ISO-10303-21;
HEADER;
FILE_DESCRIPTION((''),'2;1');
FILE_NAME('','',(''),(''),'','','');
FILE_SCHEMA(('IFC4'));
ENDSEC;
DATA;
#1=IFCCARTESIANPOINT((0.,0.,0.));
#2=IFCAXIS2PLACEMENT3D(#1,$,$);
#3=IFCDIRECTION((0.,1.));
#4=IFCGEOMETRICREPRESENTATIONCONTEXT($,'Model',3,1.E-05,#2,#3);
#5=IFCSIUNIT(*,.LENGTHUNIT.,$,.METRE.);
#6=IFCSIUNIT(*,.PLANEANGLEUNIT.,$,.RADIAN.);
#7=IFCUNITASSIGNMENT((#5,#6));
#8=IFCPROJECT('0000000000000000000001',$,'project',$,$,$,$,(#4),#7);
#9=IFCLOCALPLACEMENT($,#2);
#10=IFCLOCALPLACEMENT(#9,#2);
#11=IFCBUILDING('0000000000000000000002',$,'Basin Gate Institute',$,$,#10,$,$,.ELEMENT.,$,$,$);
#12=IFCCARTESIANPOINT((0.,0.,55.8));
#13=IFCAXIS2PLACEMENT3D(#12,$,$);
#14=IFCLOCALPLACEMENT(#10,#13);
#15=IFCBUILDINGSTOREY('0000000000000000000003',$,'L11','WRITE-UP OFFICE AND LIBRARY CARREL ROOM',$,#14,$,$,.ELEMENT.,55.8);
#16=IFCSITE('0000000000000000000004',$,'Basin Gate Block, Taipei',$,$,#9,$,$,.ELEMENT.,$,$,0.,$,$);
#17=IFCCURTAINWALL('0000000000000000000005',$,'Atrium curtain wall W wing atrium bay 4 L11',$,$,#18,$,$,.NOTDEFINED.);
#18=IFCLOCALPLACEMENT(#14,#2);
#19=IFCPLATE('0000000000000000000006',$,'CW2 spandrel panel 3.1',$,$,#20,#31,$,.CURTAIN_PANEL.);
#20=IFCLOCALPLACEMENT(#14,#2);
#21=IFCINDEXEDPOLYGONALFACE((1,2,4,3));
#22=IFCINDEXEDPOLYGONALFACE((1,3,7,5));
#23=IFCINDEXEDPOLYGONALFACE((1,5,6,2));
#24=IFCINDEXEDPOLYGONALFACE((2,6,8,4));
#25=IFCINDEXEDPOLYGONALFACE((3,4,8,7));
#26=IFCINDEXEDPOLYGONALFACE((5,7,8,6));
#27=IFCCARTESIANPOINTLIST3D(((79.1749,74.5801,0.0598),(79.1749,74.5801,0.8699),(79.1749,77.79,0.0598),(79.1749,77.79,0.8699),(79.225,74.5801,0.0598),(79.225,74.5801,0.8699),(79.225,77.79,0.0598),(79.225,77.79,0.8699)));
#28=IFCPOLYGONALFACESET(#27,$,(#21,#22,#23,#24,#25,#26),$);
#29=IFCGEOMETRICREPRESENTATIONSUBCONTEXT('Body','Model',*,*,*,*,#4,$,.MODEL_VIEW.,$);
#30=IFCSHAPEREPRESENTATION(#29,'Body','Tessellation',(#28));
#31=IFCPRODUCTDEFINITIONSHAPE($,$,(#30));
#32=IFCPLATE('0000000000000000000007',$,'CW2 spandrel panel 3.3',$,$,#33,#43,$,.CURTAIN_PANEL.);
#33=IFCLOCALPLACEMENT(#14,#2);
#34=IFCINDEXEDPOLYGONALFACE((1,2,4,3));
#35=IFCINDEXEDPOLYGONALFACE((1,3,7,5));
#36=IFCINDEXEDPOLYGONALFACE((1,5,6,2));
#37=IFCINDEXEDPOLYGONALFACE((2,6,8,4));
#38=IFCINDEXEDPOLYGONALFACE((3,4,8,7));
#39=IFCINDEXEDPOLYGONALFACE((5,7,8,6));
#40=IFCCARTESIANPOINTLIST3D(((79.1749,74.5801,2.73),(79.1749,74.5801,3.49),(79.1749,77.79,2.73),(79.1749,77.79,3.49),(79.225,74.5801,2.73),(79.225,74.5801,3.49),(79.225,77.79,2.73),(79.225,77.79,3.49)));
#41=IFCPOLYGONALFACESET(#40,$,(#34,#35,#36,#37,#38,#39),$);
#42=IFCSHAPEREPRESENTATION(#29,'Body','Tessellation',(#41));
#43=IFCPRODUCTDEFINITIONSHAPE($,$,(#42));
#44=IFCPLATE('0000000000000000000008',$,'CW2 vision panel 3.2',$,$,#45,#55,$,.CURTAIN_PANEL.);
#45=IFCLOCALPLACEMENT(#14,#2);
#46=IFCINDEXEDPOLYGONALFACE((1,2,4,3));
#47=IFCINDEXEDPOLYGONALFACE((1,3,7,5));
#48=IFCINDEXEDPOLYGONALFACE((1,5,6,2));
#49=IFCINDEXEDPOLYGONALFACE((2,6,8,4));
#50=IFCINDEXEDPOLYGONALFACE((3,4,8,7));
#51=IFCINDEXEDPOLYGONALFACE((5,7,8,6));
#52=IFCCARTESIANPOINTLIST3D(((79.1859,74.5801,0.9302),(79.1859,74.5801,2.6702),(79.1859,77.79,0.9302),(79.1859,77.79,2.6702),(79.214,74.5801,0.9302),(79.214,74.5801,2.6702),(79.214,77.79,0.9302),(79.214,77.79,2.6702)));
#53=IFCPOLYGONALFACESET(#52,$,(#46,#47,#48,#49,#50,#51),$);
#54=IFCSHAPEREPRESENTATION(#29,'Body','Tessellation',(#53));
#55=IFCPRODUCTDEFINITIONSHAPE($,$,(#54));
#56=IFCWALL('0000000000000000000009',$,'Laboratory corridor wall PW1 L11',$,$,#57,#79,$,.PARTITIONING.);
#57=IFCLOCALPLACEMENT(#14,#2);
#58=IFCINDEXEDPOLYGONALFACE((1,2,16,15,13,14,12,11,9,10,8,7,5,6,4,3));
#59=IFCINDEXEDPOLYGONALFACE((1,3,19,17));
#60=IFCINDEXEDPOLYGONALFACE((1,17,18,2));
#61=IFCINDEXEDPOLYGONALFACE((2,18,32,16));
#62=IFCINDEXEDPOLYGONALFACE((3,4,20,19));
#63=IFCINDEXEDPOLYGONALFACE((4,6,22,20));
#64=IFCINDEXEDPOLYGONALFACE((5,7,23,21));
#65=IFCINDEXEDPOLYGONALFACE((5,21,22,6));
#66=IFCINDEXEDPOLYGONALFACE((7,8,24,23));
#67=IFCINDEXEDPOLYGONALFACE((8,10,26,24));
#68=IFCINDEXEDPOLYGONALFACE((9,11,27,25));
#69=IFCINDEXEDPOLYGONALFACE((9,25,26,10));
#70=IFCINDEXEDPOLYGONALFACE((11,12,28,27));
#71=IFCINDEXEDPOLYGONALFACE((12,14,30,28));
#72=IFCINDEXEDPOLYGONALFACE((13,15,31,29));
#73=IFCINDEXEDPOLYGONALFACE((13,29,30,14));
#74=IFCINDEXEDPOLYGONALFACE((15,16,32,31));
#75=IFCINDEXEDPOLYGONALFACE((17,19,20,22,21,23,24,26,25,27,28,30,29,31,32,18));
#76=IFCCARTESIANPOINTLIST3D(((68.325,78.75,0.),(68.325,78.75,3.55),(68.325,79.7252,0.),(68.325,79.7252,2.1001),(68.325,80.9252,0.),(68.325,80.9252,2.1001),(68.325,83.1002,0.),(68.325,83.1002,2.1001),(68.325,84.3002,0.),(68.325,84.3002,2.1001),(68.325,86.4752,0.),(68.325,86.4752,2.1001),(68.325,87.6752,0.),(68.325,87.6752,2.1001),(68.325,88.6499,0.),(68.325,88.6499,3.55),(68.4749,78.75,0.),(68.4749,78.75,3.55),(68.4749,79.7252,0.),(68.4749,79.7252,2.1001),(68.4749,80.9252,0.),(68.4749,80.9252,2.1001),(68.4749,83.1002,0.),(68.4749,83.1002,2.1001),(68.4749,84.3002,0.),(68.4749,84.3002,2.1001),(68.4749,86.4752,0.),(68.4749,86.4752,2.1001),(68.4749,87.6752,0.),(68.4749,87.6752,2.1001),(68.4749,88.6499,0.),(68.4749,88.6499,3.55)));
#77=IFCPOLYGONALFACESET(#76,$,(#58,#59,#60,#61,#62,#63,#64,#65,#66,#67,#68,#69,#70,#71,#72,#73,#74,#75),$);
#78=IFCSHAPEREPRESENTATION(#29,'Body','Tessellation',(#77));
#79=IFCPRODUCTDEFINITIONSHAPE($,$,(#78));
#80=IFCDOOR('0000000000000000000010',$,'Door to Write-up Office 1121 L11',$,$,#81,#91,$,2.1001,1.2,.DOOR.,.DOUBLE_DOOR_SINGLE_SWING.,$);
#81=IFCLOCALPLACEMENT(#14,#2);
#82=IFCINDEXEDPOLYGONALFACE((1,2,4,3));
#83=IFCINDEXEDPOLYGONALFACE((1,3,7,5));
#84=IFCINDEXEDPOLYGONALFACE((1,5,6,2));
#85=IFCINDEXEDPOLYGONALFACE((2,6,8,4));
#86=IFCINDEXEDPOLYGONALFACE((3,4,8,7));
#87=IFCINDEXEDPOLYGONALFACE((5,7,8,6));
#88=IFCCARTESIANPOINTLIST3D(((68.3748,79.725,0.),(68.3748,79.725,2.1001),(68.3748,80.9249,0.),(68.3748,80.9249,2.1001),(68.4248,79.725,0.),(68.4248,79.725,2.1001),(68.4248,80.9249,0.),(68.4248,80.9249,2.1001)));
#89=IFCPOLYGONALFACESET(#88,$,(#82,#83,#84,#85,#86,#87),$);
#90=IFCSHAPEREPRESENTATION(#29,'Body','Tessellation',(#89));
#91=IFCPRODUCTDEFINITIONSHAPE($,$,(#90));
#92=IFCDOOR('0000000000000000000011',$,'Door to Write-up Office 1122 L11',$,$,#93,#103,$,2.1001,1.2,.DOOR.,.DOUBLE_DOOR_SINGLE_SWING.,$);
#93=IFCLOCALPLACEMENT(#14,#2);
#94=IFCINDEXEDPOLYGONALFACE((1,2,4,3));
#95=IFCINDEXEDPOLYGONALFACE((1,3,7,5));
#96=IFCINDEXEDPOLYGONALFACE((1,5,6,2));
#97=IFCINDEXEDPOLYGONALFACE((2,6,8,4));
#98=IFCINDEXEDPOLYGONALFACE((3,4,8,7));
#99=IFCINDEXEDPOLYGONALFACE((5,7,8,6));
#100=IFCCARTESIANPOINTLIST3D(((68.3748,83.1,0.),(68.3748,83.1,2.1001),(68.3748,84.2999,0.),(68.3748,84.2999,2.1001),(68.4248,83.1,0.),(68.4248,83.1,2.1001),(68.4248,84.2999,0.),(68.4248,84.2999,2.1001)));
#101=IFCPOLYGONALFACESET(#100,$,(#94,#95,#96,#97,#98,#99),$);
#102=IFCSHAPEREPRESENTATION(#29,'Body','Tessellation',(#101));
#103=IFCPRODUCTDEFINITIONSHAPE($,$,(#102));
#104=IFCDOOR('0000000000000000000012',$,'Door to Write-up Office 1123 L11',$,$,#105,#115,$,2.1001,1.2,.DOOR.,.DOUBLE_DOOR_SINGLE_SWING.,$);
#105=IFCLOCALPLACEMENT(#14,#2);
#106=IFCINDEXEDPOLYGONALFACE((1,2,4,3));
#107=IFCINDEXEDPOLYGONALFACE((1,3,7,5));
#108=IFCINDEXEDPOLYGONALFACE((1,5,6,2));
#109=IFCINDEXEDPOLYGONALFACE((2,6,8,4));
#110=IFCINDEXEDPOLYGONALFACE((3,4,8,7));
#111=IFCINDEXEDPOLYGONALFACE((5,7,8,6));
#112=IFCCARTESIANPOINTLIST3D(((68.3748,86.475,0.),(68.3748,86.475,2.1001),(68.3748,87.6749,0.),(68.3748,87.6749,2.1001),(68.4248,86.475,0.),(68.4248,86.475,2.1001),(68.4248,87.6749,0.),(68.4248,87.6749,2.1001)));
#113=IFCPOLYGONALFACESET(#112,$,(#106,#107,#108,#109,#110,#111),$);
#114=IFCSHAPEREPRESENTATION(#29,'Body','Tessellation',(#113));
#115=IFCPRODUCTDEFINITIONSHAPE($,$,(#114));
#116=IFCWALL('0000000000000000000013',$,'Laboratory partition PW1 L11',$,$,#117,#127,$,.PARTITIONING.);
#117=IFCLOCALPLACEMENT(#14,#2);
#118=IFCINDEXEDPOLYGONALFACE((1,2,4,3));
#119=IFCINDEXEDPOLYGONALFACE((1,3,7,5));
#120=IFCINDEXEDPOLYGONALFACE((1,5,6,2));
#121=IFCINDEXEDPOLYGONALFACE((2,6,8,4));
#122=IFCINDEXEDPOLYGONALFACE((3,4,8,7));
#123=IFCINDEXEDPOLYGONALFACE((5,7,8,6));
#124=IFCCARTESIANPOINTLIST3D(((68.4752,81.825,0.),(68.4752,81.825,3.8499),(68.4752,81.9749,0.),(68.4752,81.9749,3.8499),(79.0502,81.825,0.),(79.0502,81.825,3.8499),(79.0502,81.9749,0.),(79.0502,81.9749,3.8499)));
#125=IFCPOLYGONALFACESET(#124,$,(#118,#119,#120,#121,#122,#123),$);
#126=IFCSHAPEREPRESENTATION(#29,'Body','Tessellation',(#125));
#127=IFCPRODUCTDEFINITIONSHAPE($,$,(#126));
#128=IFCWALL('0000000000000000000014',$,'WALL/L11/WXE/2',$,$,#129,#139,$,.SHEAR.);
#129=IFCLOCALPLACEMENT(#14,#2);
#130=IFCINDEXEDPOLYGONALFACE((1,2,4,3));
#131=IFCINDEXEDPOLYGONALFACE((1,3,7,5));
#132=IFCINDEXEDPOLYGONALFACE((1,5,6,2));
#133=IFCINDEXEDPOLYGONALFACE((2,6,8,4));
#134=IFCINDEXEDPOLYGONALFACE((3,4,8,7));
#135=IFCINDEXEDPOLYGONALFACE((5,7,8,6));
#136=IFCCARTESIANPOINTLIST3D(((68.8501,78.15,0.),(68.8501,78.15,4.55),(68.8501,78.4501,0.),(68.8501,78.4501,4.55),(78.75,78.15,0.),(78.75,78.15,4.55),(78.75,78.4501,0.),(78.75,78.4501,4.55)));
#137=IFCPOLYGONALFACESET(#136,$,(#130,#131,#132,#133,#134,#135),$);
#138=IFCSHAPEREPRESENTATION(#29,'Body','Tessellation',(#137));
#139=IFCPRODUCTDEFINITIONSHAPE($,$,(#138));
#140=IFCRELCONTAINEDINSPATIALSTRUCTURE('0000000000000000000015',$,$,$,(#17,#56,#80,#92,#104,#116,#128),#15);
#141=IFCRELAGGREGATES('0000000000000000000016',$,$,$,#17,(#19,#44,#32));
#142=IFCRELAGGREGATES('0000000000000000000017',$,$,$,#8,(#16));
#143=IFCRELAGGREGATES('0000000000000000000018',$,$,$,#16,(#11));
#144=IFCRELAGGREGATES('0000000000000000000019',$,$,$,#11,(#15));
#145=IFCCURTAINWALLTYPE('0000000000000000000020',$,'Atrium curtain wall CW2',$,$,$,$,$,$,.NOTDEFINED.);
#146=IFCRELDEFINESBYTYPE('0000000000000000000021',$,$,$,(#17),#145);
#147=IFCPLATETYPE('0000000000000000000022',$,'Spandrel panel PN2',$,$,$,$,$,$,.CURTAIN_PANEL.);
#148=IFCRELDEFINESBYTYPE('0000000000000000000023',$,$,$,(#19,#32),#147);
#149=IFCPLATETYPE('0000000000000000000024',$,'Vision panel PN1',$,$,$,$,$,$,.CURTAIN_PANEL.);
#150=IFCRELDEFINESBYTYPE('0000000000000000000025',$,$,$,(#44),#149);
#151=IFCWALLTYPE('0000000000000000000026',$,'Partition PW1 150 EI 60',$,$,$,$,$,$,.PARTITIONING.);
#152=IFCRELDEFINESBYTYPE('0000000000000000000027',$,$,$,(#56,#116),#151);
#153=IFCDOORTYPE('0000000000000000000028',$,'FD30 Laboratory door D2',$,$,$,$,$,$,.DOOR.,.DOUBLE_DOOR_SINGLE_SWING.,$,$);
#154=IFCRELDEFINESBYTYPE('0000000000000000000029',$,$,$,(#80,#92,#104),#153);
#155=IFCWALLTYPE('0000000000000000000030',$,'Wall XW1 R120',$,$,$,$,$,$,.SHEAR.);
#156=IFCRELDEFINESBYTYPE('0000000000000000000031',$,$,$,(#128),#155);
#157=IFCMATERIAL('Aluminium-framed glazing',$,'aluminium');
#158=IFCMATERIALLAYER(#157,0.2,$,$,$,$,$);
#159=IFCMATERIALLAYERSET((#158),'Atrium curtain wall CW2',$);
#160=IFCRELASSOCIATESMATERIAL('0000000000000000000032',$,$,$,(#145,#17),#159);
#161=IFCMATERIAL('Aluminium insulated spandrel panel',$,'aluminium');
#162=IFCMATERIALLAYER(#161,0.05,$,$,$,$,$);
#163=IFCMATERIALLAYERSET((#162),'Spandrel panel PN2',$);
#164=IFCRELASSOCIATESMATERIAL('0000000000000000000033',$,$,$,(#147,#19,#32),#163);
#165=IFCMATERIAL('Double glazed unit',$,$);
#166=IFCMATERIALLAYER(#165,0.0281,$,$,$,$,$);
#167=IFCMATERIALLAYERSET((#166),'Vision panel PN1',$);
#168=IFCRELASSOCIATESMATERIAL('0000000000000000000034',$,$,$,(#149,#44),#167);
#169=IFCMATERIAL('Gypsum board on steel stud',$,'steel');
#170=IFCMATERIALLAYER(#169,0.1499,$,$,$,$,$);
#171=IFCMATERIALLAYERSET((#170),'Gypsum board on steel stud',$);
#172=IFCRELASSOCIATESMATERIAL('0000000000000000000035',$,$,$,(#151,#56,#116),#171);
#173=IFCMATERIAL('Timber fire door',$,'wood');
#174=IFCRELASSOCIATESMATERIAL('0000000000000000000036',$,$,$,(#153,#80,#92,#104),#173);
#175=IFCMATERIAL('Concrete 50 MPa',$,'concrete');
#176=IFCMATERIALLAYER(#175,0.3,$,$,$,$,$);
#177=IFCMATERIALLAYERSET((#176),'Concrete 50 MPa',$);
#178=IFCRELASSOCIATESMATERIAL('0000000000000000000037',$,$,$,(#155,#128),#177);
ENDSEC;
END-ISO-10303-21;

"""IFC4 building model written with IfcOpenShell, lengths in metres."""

from ifc_helpers import new_model, si_unit, direction, frame, frame_2d, origin, origin_2d, place, context, subcontext, project, spatial, rectangle, extrude, material, layer, layer_set, type_object, element, fill, aggregate, save


model = new_model("IFC4")

# Units and contexts
model_context = context("Model", 3, precision=1e-05, world=origin(), true_north=direction((0.0, 1.0)))
body_context = subcontext(model_context, "Body", "Model", "MODEL_VIEW")
ifc_project = project(units=[si_unit("LENGTHUNIT", "METRE"), si_unit("PLANEANGLEUNIT", "RADIAN")], contexts=[model_context])

# Site, building, storey
site_placement = place(None, origin())
site = spatial("IfcSite", under=ifc_project, at=site_placement, Name="Basin Gate Block, Taipei", CompositionType="ELEMENT", RefElevation=0.0)
building_placement = place(site_placement, origin())
building = spatial("IfcBuilding", under=site, at=building_placement, Name="Basin Gate Institute", CompositionType="ELEMENT")
storey_placement = place(building_placement, frame((0.0, 0.0, 55.8)))
storey = spatial("IfcBuildingStorey", under=building, at=storey_placement, Name="L11", Description="WRITE-UP OFFICE AND LIBRARY CARREL ROOM", CompositionType="ELEMENT", Elevation=55.8)

# Curtain wall
ifc_material_1 = material(Name="Aluminium-framed glazing", Category="aluminium")
ifc_layer_1 = layer(ifc_material_1, 0.2)
ifc_layer_set_1 = layer_set([ifc_layer_1], Name="Atrium curtain wall CW2")
curtain_wall_type = type_object("IfcCurtainWallType", Name="Atrium curtain wall CW2", PredefinedType="NOTDEFINED", material=ifc_layer_set_1)
curtain_wall_placement = place(storey_placement, origin())
curtain_wall = element("IfcCurtainWall", 1, at=curtain_wall_placement, inside=storey, type_object=curtain_wall_type, material=ifc_layer_set_1, Name="Atrium curtain wall W wing atrium bay 4 L11", PredefinedType="NOTDEFINED")

# Plates
ifc_material_2 = material(Name="Aluminium insulated spandrel panel", Category="aluminium")
ifc_layer_2 = layer(ifc_material_2, 0.05)
ifc_layer_set_2 = layer_set([ifc_layer_2], Name="Spandrel panel PN2")
plate_type_1 = type_object("IfcPlateType", Name="Spandrel panel PN2", PredefinedType="CURTAIN_PANEL", material=ifc_layer_set_2)
plate_1_placement = place(storey_placement, frame((79.2, 76.1851, 0.0598), z_axis=(0.0, 0.0, 1.0), x_axis=(0.0, 1.0, 0.0)))
plate_1 = element("IfcPlate", 2, at=plate_1_placement, type_object=plate_type_1, material=ifc_layer_set_2, Name="CW2 spandrel panel 3.1", PredefinedType="CURTAIN_PANEL", context=body_context, shape_type="SweptSolid", body=[
    extrude(rectangle(XDim=3.21, YDim=0.05, at=origin_2d()), origin(), (0.0, 0.0, 1.0), 0.8101),
])
plate_2_placement = place(storey_placement, frame((79.2, 76.1851, 2.73), z_axis=(0.0, 0.0, 1.0), x_axis=(0.0, 1.0, 0.0)))
plate_2 = element("IfcPlate", 3, at=plate_2_placement, type_object=plate_type_1, material=ifc_layer_set_2, Name="CW2 spandrel panel 3.3", PredefinedType="CURTAIN_PANEL", context=body_context, shape_type="SweptSolid", body=[
    extrude(rectangle(XDim=3.21, YDim=0.05, at=origin_2d()), origin(), (0.0, 0.0, 1.0), 0.76),
])
ifc_material_3 = material(Name="Double glazed unit")
ifc_layer_3 = layer(ifc_material_3, 0.0281)
ifc_layer_set_3 = layer_set([ifc_layer_3], Name="Vision panel PN1")
plate_type_2 = type_object("IfcPlateType", Name="Vision panel PN1", PredefinedType="CURTAIN_PANEL", material=ifc_layer_set_3)
plate_3_placement = place(storey_placement, frame((79.2, 76.1851, 0.9302), z_axis=(0.0, 0.0, 1.0), x_axis=(0.0, 1.0, 0.0)))
plate_3 = element("IfcPlate", 4, at=plate_3_placement, type_object=plate_type_2, material=ifc_layer_set_3, Name="CW2 vision panel 3.2", PredefinedType="CURTAIN_PANEL", context=body_context, shape_type="SweptSolid", body=[
    extrude(rectangle(XDim=3.21, YDim=0.0281, at=origin_2d()), origin(), (0.0, 0.0, 1.0), 1.74),
])
aggregate(curtain_wall, [plate_1, plate_3, plate_2])

# Wall, openings, doors
ifc_material_4 = material(Name="Gypsum board on steel stud", Category="steel")
ifc_layer_4 = layer(ifc_material_4, 0.1499)
ifc_layer_set_4 = layer_set([ifc_layer_4], Name="Gypsum board on steel stud")
wall_type_1 = type_object("IfcWallType", Name="Partition PW1 150 EI 60", PredefinedType="PARTITIONING", material=ifc_layer_set_4)
wall_1_placement = place(storey_placement, frame((68.3999, 78.75, 0.0), z_axis=(0.0, 0.0, 1.0), x_axis=(0.0, 1.0, 0.0)))
wall_1 = element("IfcWall", 5, at=wall_1_placement, inside=storey, type_object=wall_type_1, material=ifc_layer_set_4, Name="Laboratory corridor wall PW1 L11", PredefinedType="PARTITIONING", context=body_context, shape_type="SweptSolid", body=[
    extrude(rectangle(XDim=9.8999, YDim=0.1499, at=frame_2d((4.95, 0.0))), origin(), (0.0, 0.0, 1.0), 3.55),
])
opening_1_placement = place(wall_1_placement, frame((0.9751, 0.0, 0.0)))
opening_1 = element("IfcOpeningElement", 6, at=opening_1_placement, cuts=wall_1, PredefinedType="OPENING", context=body_context, shape_type="SweptSolid", body=[
    extrude(rectangle(XDim=1.2, YDim=2.1001, at=frame_2d((0.6001, 1.05))), frame((0.0, 0.085, 0.0), z_axis=(0.0, -1.0, 0.0), x_axis=(1.0, 0.0, 0.0)), (0.0, 0.0, 1.0), 0.1699),
])
opening_2_placement = place(wall_1_placement, frame((4.3501, 0.0, 0.0)))
opening_2 = element("IfcOpeningElement", 7, at=opening_2_placement, cuts=wall_1, PredefinedType="OPENING", context=body_context, shape_type="SweptSolid", body=[
    extrude(rectangle(XDim=1.2, YDim=2.1001, at=frame_2d((0.6001, 1.05))), frame((0.0, 0.085, 0.0), z_axis=(0.0, -1.0, 0.0), x_axis=(1.0, 0.0, 0.0)), (0.0, 0.0, 1.0), 0.1699),
])
opening_3_placement = place(wall_1_placement, frame((7.7251, 0.0, 0.0)))
opening_3 = element("IfcOpeningElement", 8, at=opening_3_placement, cuts=wall_1, PredefinedType="OPENING", context=body_context, shape_type="SweptSolid", body=[
    extrude(rectangle(XDim=1.2, YDim=2.1001, at=frame_2d((0.6001, 1.05))), frame((0.0, 0.085, 0.0), z_axis=(0.0, -1.0, 0.0), x_axis=(1.0, 0.0, 0.0)), (0.0, 0.0, 1.0), 0.1699),
])
ifc_material_5 = material(Name="Timber fire door", Category="wood")
door_type = type_object("IfcDoorType", Name="FD30 Laboratory door D2", OperationType="DOUBLE_DOOR_SINGLE_SWING", PredefinedType="DOOR", material=ifc_material_5)
door_1_placement = place(opening_1_placement, frame((1.2, 0.0, 0.0), z_axis=(0.0, 0.0, 1.0), x_axis=(-1.0, 0.0, 0.0)))
door_1 = element("IfcDoor", 9, at=door_1_placement, inside=storey, type_object=door_type, material=ifc_material_5, Name="Door to Write-up Office 1121 L11", OperationType="DOUBLE_DOOR_SINGLE_SWING", OverallHeight=2.1001, OverallWidth=1.2, PredefinedType="DOOR", context=body_context, shape_type="SweptSolid", body=[
    extrude(rectangle(XDim=1.2, YDim=2.1001, at=frame_2d((0.6001, 1.05))), frame((0.0, 0.0249, 0.0), z_axis=(0.0, -1.0, 0.0), x_axis=(1.0, 0.0, 0.0)), (0.0, 0.0, 1.0), 0.05),
])
fill(opening_1, door_1)
door_2_placement = place(opening_2_placement, frame((1.2, 0.0, 0.0), z_axis=(0.0, 0.0, 1.0), x_axis=(-1.0, 0.0, 0.0)))
door_2 = element("IfcDoor", 10, at=door_2_placement, inside=storey, type_object=door_type, material=ifc_material_5, Name="Door to Write-up Office 1122 L11", OperationType="DOUBLE_DOOR_SINGLE_SWING", OverallHeight=2.1001, OverallWidth=1.2, PredefinedType="DOOR", context=body_context, shape_type="SweptSolid", body=[
    extrude(rectangle(XDim=1.2, YDim=2.1001, at=frame_2d((0.6001, 1.05))), frame((0.0, 0.0249, 0.0), z_axis=(0.0, -1.0, 0.0), x_axis=(1.0, 0.0, 0.0)), (0.0, 0.0, 1.0), 0.05),
])
fill(opening_2, door_2)
door_3_placement = place(opening_3_placement, frame((1.2, 0.0, 0.0), z_axis=(0.0, 0.0, 1.0), x_axis=(-1.0, 0.0, 0.0)))
door_3 = element("IfcDoor", 11, at=door_3_placement, inside=storey, type_object=door_type, material=ifc_material_5, Name="Door to Write-up Office 1123 L11", OperationType="DOUBLE_DOOR_SINGLE_SWING", OverallHeight=2.1001, OverallWidth=1.2, PredefinedType="DOOR", context=body_context, shape_type="SweptSolid", body=[
    extrude(rectangle(XDim=1.2, YDim=2.1001, at=frame_2d((0.6001, 1.05))), frame((0.0, 0.0249, 0.0), z_axis=(0.0, -1.0, 0.0), x_axis=(1.0, 0.0, 0.0)), (0.0, 0.0, 1.0), 0.05),
])
fill(opening_3, door_3)

# Walls
wall_2_placement = place(storey_placement, frame((68.4751, 81.8999, 0.0), z_axis=(0.0, 0.0, 1.0), x_axis=(1.0, 0.0, 0.0)))
element("IfcWall", 12, at=wall_2_placement, inside=storey, type_object=wall_type_1, material=ifc_layer_set_4, Name="Laboratory partition PW1 L11", PredefinedType="PARTITIONING", context=body_context, shape_type="SweptSolid", body=[
    extrude(rectangle(XDim=10.575, YDim=0.1499, at=frame_2d((5.2876, 0.0))), origin(), (0.0, 0.0, 1.0), 3.8499),
])
ifc_material_6 = material(Name="Concrete 50 MPa", Category="concrete")
ifc_layer_5 = layer(ifc_material_6, 0.3)
ifc_layer_set_5 = layer_set([ifc_layer_5], Name="Concrete 50 MPa")
wall_type_2 = type_object("IfcWallType", Name="Wall XW1 R120", PredefinedType="SHEAR", material=ifc_layer_set_5)
wall_3_placement = place(storey_placement, frame((68.8501, 78.3, 0.0), z_axis=(0.0, 0.0, 1.0), x_axis=(1.0, 0.0, 0.0)))
element("IfcWall", 13, at=wall_3_placement, inside=storey, type_object=wall_type_2, material=ifc_layer_set_5, Name="WALL/L11/WXE/2", PredefinedType="SHEAR", context=body_context, shape_type="SweptSolid", body=[
    extrude(rectangle(XDim=9.8999, YDim=0.3, at=frame_2d((4.95, 0.0))), origin(), (0.0, 0.0, 1.0), 4.55),
])

save(model, "model.ifc")
